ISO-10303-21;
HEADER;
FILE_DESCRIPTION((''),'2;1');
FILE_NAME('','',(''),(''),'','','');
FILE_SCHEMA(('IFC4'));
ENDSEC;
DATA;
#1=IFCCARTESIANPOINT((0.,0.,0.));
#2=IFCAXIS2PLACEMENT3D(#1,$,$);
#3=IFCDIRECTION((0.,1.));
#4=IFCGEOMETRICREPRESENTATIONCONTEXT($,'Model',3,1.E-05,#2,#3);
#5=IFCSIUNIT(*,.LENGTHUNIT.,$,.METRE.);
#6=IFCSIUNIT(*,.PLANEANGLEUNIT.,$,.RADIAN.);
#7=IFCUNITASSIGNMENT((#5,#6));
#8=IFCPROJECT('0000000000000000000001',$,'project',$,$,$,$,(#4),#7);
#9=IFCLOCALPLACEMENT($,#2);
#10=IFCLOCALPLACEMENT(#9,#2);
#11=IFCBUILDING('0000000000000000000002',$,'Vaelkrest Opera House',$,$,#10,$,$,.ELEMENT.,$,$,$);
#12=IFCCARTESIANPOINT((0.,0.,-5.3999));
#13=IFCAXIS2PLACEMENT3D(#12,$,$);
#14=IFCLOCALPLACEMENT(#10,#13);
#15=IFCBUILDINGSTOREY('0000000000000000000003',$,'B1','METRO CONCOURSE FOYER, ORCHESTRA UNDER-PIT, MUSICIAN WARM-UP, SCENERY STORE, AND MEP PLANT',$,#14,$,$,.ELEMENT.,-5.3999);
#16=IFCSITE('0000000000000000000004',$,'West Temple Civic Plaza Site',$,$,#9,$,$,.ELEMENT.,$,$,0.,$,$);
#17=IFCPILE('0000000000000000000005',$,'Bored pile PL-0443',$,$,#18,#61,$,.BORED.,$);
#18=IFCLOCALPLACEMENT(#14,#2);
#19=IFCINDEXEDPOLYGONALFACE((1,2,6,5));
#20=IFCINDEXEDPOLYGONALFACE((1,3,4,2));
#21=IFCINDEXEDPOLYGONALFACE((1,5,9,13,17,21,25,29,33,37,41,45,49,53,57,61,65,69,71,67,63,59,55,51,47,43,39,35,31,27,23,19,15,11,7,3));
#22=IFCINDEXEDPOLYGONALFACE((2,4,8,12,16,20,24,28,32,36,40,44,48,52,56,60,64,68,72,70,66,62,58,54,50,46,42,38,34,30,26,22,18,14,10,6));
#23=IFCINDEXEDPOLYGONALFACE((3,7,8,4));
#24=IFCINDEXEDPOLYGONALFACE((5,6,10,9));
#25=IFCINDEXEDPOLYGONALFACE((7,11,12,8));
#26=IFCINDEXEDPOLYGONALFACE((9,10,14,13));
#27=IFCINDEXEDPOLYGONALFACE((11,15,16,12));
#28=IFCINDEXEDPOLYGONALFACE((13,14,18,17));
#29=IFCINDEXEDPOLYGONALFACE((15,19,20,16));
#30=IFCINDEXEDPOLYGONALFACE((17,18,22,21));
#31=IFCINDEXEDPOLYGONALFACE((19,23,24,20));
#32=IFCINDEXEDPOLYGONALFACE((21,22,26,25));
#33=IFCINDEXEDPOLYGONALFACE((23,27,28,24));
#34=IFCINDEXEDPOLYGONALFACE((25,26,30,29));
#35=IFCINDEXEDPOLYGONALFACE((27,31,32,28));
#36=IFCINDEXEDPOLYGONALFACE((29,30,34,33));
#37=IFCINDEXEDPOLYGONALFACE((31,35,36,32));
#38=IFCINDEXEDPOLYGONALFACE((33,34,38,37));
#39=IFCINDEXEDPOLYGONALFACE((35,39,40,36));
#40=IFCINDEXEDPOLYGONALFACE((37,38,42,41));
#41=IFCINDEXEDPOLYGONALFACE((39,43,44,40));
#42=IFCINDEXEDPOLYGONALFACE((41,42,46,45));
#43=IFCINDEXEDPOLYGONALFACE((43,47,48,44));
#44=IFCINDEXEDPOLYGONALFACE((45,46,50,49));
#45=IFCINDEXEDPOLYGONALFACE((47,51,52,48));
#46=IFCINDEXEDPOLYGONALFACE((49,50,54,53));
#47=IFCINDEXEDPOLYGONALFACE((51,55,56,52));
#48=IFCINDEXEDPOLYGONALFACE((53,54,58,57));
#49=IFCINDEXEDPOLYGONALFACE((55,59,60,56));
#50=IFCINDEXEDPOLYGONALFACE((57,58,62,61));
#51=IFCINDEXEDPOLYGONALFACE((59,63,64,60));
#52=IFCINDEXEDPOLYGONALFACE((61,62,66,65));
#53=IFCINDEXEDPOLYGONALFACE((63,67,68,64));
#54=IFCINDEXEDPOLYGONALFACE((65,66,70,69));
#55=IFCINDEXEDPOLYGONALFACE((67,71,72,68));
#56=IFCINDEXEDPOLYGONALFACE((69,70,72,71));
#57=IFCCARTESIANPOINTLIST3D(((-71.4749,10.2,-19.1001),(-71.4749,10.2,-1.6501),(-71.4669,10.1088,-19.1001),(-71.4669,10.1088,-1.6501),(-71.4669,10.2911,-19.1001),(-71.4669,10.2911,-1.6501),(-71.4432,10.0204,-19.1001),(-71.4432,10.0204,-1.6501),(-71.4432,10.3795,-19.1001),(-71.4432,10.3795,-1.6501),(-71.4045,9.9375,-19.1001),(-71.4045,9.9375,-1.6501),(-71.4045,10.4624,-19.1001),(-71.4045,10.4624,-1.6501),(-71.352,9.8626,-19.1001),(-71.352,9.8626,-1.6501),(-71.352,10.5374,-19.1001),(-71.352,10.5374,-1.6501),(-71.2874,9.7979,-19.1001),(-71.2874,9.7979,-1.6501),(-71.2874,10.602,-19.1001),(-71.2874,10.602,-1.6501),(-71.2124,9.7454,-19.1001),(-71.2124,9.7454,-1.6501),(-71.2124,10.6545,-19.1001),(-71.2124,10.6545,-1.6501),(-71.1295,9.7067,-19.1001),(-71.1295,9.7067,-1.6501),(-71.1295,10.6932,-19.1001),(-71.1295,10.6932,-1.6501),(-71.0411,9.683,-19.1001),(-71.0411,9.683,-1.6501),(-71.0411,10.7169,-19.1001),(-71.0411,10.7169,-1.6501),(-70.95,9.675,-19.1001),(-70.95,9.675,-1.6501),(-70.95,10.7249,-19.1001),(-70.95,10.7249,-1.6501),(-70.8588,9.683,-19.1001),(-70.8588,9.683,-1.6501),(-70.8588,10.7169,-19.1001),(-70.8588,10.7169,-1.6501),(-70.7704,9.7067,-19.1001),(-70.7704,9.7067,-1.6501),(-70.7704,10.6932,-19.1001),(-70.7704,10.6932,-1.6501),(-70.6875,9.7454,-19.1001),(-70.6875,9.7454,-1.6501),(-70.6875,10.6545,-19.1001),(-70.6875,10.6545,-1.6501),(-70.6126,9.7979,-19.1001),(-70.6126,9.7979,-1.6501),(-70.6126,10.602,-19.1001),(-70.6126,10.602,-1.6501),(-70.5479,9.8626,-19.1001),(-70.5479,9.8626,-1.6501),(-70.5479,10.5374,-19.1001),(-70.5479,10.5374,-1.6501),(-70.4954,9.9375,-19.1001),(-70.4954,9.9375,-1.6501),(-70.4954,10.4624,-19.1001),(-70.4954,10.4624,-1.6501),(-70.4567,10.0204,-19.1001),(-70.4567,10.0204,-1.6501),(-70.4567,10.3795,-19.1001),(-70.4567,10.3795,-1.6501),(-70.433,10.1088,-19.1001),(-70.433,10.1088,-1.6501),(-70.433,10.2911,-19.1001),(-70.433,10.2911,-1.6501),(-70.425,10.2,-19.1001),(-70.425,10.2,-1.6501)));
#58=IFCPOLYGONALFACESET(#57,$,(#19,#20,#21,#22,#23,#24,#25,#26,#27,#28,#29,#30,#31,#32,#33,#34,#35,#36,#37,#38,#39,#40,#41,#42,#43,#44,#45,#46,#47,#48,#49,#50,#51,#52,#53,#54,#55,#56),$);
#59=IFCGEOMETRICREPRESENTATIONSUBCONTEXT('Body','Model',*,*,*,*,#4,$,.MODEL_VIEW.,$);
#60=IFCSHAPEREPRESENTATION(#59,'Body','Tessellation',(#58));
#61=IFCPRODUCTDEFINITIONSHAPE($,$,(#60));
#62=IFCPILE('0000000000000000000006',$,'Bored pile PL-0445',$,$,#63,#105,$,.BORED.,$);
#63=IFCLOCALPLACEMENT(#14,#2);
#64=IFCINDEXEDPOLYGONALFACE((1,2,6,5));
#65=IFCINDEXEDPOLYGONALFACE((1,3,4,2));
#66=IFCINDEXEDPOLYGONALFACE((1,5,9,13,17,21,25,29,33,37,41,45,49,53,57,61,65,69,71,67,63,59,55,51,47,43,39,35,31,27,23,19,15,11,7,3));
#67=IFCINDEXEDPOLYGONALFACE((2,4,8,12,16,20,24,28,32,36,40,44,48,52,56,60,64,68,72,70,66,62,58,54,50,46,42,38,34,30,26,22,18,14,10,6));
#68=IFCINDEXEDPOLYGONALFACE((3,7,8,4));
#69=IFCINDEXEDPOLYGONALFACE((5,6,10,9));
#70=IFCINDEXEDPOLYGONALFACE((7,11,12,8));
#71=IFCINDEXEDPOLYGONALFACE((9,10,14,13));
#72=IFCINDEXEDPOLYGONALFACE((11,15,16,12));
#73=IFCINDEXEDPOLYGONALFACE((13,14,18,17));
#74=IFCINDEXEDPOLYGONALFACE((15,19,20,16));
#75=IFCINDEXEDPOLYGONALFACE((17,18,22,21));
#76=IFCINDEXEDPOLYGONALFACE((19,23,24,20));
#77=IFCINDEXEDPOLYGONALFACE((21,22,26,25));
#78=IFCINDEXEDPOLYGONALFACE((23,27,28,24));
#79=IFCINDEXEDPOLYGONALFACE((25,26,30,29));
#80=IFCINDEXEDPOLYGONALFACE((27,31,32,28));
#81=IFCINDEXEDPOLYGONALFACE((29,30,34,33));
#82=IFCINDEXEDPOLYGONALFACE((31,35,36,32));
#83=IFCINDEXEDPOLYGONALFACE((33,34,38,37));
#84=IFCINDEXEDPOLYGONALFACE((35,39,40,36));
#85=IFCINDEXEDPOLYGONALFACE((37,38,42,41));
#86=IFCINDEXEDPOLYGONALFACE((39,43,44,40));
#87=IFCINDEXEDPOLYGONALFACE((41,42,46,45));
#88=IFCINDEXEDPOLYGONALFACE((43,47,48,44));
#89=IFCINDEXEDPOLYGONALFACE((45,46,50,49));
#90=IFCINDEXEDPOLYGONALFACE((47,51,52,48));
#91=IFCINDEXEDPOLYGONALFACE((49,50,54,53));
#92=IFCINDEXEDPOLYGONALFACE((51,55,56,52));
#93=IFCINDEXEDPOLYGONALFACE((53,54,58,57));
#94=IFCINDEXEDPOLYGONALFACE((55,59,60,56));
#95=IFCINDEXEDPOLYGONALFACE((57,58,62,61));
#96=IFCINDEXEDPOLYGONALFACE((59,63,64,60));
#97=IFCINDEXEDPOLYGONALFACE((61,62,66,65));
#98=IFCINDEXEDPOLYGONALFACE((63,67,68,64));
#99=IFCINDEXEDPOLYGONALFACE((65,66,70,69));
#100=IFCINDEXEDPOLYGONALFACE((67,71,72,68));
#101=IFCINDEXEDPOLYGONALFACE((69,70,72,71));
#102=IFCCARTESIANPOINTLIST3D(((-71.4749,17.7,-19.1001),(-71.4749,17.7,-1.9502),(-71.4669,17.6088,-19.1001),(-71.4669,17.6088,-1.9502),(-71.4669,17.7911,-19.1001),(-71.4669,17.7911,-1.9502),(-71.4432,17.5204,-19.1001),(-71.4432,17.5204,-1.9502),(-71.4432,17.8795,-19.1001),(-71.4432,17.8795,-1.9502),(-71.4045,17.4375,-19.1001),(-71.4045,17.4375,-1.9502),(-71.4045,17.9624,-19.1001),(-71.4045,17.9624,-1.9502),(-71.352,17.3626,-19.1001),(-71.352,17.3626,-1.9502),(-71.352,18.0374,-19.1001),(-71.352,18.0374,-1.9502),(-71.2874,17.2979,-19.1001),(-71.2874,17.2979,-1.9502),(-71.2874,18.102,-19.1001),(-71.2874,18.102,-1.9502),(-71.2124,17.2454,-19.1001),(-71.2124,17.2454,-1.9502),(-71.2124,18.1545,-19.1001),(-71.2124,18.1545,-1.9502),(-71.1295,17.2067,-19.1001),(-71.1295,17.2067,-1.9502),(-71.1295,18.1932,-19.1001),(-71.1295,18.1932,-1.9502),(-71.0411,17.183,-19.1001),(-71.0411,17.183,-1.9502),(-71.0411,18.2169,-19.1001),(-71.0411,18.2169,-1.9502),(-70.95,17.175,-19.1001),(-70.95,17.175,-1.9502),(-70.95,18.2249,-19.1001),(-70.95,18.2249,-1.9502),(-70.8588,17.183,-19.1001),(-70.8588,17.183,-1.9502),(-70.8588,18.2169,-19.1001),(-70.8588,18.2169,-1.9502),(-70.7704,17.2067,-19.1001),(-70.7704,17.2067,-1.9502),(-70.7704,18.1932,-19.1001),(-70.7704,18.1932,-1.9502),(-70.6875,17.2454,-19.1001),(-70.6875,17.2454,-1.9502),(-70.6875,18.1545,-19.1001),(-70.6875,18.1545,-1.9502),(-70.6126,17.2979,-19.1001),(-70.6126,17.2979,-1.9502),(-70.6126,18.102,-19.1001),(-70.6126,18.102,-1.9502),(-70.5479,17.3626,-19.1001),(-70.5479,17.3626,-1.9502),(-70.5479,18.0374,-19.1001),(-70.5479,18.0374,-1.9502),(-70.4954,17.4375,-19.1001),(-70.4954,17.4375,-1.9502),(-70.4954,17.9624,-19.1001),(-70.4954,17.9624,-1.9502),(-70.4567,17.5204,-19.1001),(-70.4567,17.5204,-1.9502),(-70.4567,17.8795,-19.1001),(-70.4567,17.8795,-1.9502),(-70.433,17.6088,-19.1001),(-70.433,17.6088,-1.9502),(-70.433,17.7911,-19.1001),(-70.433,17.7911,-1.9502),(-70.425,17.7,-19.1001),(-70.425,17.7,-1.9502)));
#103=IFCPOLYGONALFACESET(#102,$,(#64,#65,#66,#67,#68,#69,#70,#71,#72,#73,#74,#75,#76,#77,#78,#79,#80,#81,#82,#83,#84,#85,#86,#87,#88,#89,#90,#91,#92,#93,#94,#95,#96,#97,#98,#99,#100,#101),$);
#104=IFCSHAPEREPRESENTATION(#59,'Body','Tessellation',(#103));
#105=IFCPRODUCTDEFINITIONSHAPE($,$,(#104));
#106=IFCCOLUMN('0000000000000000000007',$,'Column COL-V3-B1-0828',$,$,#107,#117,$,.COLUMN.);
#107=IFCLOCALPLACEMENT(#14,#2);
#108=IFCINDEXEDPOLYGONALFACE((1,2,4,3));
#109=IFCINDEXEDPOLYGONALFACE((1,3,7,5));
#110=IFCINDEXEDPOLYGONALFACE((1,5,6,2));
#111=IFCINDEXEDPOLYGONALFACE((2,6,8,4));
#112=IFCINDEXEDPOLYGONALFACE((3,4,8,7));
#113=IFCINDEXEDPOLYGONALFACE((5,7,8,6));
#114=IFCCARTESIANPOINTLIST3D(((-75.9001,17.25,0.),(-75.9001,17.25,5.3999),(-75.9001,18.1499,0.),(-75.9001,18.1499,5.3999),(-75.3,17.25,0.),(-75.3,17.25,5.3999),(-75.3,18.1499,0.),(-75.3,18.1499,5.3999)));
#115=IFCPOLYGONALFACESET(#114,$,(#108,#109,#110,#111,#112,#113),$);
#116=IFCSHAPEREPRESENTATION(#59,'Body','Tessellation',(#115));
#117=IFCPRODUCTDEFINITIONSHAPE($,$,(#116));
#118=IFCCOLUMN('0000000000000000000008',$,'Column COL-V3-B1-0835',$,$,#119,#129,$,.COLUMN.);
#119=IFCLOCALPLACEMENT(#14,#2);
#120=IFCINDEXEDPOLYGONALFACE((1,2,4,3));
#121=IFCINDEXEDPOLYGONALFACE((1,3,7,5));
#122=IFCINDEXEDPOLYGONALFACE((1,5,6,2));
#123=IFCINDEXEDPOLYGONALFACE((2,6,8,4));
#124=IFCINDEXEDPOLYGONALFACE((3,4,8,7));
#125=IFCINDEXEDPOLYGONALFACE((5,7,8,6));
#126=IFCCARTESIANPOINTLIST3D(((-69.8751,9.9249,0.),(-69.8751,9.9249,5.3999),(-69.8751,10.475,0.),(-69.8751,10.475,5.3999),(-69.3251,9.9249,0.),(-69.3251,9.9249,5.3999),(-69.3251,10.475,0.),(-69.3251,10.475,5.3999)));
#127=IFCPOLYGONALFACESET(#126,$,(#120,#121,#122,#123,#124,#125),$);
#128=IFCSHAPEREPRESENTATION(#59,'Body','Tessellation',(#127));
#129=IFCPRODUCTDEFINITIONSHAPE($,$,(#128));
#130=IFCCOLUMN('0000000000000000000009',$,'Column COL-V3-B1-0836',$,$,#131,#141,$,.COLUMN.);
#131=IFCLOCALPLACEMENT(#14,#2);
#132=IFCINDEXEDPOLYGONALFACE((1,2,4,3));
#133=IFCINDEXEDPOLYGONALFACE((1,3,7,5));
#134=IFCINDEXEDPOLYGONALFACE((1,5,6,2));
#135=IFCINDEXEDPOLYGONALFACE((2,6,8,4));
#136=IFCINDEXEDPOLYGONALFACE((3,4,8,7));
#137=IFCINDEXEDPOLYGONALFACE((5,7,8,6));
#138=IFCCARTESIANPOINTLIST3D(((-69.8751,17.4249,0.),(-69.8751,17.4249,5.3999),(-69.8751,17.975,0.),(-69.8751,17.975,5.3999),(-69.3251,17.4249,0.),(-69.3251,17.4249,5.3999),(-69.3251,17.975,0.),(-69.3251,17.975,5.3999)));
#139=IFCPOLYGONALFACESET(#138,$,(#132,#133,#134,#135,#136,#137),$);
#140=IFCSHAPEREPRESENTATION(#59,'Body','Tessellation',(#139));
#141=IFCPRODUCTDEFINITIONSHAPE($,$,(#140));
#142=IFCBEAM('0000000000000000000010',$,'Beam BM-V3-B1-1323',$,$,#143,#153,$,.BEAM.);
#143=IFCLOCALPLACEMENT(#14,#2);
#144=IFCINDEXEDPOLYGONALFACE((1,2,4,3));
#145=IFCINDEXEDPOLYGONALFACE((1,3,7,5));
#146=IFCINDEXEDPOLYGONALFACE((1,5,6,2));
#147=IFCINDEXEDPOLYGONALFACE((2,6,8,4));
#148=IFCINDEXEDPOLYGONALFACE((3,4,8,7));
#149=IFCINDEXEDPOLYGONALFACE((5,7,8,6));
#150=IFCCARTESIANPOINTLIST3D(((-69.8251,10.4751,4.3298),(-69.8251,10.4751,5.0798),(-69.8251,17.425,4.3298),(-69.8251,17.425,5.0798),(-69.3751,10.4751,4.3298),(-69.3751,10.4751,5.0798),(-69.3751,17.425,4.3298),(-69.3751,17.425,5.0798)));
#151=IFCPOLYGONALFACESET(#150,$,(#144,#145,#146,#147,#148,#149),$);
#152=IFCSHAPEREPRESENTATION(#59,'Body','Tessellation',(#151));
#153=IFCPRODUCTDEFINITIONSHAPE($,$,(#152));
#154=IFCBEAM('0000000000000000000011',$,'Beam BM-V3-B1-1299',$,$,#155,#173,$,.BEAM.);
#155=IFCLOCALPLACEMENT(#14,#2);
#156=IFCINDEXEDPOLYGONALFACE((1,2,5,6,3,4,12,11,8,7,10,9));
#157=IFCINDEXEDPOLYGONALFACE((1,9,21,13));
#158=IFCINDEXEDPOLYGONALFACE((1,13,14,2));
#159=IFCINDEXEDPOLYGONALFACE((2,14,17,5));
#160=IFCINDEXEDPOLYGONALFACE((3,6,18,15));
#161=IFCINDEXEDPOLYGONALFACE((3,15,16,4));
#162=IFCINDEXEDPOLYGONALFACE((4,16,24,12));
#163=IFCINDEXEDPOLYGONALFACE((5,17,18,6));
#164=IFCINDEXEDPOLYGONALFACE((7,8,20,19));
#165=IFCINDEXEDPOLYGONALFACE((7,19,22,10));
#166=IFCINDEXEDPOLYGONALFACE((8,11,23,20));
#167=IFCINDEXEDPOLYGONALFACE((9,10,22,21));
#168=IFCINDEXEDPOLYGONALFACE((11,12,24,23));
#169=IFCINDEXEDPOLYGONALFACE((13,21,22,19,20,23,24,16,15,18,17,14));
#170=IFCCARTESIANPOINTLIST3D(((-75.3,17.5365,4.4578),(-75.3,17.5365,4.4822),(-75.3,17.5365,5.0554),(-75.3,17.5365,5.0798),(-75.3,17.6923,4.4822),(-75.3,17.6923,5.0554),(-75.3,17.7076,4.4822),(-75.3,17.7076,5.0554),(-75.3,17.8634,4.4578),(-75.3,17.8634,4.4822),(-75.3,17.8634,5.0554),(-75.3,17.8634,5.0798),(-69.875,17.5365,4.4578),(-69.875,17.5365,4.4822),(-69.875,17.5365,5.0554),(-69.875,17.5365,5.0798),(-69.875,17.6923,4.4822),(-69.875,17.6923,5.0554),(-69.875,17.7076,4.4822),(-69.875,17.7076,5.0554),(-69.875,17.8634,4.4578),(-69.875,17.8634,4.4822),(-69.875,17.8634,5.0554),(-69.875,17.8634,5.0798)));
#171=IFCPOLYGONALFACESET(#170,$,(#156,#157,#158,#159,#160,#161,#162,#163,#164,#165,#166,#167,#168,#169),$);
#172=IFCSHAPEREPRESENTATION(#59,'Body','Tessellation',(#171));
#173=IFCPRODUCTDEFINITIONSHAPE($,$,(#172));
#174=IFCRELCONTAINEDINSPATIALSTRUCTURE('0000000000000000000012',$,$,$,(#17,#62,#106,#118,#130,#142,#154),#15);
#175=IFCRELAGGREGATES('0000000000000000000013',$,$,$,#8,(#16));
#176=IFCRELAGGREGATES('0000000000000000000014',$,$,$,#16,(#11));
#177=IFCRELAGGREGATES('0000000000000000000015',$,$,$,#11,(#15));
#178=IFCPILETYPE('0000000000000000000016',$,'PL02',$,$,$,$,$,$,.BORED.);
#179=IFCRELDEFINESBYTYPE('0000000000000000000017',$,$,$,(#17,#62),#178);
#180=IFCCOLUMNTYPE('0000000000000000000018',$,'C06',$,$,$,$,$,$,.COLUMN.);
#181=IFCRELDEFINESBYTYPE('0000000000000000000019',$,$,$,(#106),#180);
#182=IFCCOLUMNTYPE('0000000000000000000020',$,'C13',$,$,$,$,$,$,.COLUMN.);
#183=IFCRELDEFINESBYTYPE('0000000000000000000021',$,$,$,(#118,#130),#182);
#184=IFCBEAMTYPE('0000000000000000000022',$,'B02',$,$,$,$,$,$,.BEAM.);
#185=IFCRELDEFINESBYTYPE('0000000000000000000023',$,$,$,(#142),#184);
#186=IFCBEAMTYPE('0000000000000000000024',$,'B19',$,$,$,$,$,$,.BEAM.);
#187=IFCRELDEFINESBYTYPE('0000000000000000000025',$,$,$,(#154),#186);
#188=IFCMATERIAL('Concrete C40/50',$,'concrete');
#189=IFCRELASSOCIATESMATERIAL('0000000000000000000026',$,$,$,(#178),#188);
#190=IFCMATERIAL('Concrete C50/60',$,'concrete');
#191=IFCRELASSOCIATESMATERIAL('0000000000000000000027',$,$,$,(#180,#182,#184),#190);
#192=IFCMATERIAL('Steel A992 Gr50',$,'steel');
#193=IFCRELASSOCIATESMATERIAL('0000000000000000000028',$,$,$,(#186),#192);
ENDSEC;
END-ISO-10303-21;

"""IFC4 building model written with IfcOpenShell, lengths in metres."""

from ifc_helpers import new_model, si_unit, direction, frame, origin, origin_2d, place, context, subcontext, project, spatial, rectangle, circle, i_section, extrude, material, material_profile, profile_set, type_object, element, save


model = new_model("IFC4")

# Units and contexts
model_context = context("Model", 3, precision=1e-05, world=origin(), true_north=direction((0.0, 1.0)))
body_context = subcontext(model_context, "Body", "Model", "MODEL_VIEW")
ifc_project = project(units=[si_unit("LENGTHUNIT", "METRE"), si_unit("PLANEANGLEUNIT", "RADIAN")], contexts=[model_context])

# Site, building, storey
site_placement = place(None, origin())
site = spatial("IfcSite", under=ifc_project, at=site_placement, Name="West Temple Civic Plaza Site", CompositionType="ELEMENT", RefElevation=0.0)
building_placement = place(site_placement, origin())
building = spatial("IfcBuilding", under=site, at=building_placement, Name="Vaelkrest Opera House", CompositionType="ELEMENT")
storey_placement = place(building_placement, frame((0.0, 0.0, -5.3999)))
storey = spatial("IfcBuildingStorey", under=building, at=storey_placement, Name="B1", Description="METRO CONCOURSE FOYER, ORCHESTRA UNDER-PIT, MUSICIAN WARM-UP, SCENERY STORE, AND MEP PLANT", CompositionType="ELEMENT", Elevation=-5.3999)

# Shared definitions
ifc_material_1 = material(Name="Concrete C40/50", Category="concrete")

# Piles
ifc_material_profile_1 = material_profile(ifc_material_1, circle(Radius=0.5249, at=origin_2d()), Name="PILE1050")
ifc_profile_set_1 = profile_set([ifc_material_profile_1], Name="Concrete C40/50")
pile_type = type_object("IfcPileType", Name="PL02", PredefinedType="BORED", material=ifc_profile_set_1)
pile_1_placement = place(storey_placement, frame((-70.95, 10.2, -1.6501), z_axis=(0.0, 0.0, -1.0), x_axis=(1.0, 0.0, 0.0)))
element("IfcPile", 1, at=pile_1_placement, inside=storey, type_object=pile_type, Name="Bored pile PL-0443", PredefinedType="BORED", context=body_context, shape_type="SweptSolid", body=[
    extrude(circle(Radius=0.5249, at=origin_2d()), origin(), (0.0, 0.0, 1.0), 17.45),
])
pile_2_placement = place(storey_placement, frame((-70.95, 17.7, -1.9502), z_axis=(0.0, 0.0, -1.0), x_axis=(1.0, 0.0, 0.0)))
element("IfcPile", 2, at=pile_2_placement, inside=storey, type_object=pile_type, Name="Bored pile PL-0445", PredefinedType="BORED", context=body_context, shape_type="SweptSolid", body=[
    extrude(circle(Radius=0.5249, at=origin_2d()), origin(), (0.0, 0.0, 1.0), 17.1499),
])

# Columns
ifc_material_2 = material(Name="Concrete C50/60", Category="concrete")
ifc_material_profile_2 = material_profile(ifc_material_2, rectangle(XDim=0.6001, YDim=0.8999, at=origin_2d()), Name="RC600X900")
ifc_profile_set_2 = profile_set([ifc_material_profile_2], Name="Concrete C50/60")
column_type_1 = type_object("IfcColumnType", Name="C06", PredefinedType="COLUMN", material=ifc_profile_set_2)
column_placement = place(storey_placement, frame((-75.6001, 17.7, 0.0), z_axis=(0.0, 0.0, 1.0), x_axis=(1.0, 0.0, 0.0)))
element("IfcColumn", 3, at=column_placement, inside=storey, type_object=column_type_1, Name="Column COL-V3-B1-0828", PredefinedType="COLUMN", context=body_context, shape_type="SweptSolid", body=[
    extrude(rectangle(XDim=0.6001, YDim=0.8999, at=origin_2d()), origin(), (0.0, 0.0, 1.0), 5.3999),
])
ifc_material_profile_3 = material_profile(ifc_material_2, rectangle(XDim=0.55, YDim=0.55, at=origin_2d()), Name="RC550X550")
ifc_profile_set_3 = profile_set([ifc_material_profile_3], Name="Concrete C50/60")
column_type_2 = type_object("IfcColumnType", Name="C13", PredefinedType="COLUMN", material=ifc_profile_set_3)
for number, where, z_axis, x_axis, name in (
    (4, (-69.6001, 10.2, 0.0), (0.0, 0.0, 1.0), (1.0, 0.0, 0.0), "Column COL-V3-B1-0835"),
    (5, (-69.6001, 17.7, 0.0), (0.0, 0.0, 1.0), (1.0, 0.0, 0.0), "Column COL-V3-B1-0836"),
):
    element("IfcColumn", number, at=place(storey_placement, frame(where, z_axis=z_axis, x_axis=x_axis)), inside=storey, type_object=column_type_2, Name=name, PredefinedType="COLUMN", context=body_context, shape_type="SweptSolid", body=[
        extrude(rectangle(XDim=0.55, YDim=0.55, at=origin_2d()), origin(), (0.0, 0.0, 1.0), 5.3999),
    ])

# Beams
ifc_material_profile_4 = material_profile(ifc_material_2, rectangle(XDim=0.45, YDim=0.75, at=origin_2d()), Name="RCB450X750")
ifc_profile_set_4 = profile_set([ifc_material_profile_4], Name="Concrete C50/60")
beam_type_1 = type_object("IfcBeamType", Name="B02", PredefinedType="BEAM", material=ifc_profile_set_4)
beam_1_placement = place(storey_placement, frame((-69.6001, 10.4751, 4.7048), z_axis=(0.0, 1.0, 0.0), x_axis=(-1.0, 0.0, 0.0)))
element("IfcBeam", 6, at=beam_1_placement, inside=storey, type_object=beam_type_1, Name="Beam BM-V3-B1-1323", PredefinedType="BEAM", context=body_context, shape_type="SweptSolid", body=[
    extrude(rectangle(XDim=0.45, YDim=0.75, at=origin_2d()), origin(), (0.0, 0.0, 1.0), 6.95),
])
ifc_material_3 = material(Name="Steel A992 Gr50", Category="steel")
ifc_material_profile_5 = material_profile(ifc_material_3, i_section(OverallWidth=0.3269, OverallDepth=0.6221, WebThickness=0.0154, FlangeThickness=0.0244, at=origin_2d()), Name="W24X131")
ifc_profile_set_5 = profile_set([ifc_material_profile_5], Name="Steel A992 Gr50")
beam_type_2 = type_object("IfcBeamType", Name="B19", PredefinedType="BEAM", material=ifc_profile_set_5)
beam_2_placement = place(storey_placement, frame((-75.3, 17.7, 4.7688), z_axis=(1.0, 0.0, 0.0), x_axis=(0.0, 1.0, 0.0)))
element("IfcBeam", 7, at=beam_2_placement, inside=storey, type_object=beam_type_2, Name="Beam BM-V3-B1-1299", PredefinedType="BEAM", context=body_context, shape_type="SweptSolid", body=[
    extrude(i_section(OverallWidth=0.3269, OverallDepth=0.6221, WebThickness=0.0154, FlangeThickness=0.0244, at=origin_2d()), origin(), (0.0, 0.0, 1.0), 5.425),
])

save(model, "model.ifc")
